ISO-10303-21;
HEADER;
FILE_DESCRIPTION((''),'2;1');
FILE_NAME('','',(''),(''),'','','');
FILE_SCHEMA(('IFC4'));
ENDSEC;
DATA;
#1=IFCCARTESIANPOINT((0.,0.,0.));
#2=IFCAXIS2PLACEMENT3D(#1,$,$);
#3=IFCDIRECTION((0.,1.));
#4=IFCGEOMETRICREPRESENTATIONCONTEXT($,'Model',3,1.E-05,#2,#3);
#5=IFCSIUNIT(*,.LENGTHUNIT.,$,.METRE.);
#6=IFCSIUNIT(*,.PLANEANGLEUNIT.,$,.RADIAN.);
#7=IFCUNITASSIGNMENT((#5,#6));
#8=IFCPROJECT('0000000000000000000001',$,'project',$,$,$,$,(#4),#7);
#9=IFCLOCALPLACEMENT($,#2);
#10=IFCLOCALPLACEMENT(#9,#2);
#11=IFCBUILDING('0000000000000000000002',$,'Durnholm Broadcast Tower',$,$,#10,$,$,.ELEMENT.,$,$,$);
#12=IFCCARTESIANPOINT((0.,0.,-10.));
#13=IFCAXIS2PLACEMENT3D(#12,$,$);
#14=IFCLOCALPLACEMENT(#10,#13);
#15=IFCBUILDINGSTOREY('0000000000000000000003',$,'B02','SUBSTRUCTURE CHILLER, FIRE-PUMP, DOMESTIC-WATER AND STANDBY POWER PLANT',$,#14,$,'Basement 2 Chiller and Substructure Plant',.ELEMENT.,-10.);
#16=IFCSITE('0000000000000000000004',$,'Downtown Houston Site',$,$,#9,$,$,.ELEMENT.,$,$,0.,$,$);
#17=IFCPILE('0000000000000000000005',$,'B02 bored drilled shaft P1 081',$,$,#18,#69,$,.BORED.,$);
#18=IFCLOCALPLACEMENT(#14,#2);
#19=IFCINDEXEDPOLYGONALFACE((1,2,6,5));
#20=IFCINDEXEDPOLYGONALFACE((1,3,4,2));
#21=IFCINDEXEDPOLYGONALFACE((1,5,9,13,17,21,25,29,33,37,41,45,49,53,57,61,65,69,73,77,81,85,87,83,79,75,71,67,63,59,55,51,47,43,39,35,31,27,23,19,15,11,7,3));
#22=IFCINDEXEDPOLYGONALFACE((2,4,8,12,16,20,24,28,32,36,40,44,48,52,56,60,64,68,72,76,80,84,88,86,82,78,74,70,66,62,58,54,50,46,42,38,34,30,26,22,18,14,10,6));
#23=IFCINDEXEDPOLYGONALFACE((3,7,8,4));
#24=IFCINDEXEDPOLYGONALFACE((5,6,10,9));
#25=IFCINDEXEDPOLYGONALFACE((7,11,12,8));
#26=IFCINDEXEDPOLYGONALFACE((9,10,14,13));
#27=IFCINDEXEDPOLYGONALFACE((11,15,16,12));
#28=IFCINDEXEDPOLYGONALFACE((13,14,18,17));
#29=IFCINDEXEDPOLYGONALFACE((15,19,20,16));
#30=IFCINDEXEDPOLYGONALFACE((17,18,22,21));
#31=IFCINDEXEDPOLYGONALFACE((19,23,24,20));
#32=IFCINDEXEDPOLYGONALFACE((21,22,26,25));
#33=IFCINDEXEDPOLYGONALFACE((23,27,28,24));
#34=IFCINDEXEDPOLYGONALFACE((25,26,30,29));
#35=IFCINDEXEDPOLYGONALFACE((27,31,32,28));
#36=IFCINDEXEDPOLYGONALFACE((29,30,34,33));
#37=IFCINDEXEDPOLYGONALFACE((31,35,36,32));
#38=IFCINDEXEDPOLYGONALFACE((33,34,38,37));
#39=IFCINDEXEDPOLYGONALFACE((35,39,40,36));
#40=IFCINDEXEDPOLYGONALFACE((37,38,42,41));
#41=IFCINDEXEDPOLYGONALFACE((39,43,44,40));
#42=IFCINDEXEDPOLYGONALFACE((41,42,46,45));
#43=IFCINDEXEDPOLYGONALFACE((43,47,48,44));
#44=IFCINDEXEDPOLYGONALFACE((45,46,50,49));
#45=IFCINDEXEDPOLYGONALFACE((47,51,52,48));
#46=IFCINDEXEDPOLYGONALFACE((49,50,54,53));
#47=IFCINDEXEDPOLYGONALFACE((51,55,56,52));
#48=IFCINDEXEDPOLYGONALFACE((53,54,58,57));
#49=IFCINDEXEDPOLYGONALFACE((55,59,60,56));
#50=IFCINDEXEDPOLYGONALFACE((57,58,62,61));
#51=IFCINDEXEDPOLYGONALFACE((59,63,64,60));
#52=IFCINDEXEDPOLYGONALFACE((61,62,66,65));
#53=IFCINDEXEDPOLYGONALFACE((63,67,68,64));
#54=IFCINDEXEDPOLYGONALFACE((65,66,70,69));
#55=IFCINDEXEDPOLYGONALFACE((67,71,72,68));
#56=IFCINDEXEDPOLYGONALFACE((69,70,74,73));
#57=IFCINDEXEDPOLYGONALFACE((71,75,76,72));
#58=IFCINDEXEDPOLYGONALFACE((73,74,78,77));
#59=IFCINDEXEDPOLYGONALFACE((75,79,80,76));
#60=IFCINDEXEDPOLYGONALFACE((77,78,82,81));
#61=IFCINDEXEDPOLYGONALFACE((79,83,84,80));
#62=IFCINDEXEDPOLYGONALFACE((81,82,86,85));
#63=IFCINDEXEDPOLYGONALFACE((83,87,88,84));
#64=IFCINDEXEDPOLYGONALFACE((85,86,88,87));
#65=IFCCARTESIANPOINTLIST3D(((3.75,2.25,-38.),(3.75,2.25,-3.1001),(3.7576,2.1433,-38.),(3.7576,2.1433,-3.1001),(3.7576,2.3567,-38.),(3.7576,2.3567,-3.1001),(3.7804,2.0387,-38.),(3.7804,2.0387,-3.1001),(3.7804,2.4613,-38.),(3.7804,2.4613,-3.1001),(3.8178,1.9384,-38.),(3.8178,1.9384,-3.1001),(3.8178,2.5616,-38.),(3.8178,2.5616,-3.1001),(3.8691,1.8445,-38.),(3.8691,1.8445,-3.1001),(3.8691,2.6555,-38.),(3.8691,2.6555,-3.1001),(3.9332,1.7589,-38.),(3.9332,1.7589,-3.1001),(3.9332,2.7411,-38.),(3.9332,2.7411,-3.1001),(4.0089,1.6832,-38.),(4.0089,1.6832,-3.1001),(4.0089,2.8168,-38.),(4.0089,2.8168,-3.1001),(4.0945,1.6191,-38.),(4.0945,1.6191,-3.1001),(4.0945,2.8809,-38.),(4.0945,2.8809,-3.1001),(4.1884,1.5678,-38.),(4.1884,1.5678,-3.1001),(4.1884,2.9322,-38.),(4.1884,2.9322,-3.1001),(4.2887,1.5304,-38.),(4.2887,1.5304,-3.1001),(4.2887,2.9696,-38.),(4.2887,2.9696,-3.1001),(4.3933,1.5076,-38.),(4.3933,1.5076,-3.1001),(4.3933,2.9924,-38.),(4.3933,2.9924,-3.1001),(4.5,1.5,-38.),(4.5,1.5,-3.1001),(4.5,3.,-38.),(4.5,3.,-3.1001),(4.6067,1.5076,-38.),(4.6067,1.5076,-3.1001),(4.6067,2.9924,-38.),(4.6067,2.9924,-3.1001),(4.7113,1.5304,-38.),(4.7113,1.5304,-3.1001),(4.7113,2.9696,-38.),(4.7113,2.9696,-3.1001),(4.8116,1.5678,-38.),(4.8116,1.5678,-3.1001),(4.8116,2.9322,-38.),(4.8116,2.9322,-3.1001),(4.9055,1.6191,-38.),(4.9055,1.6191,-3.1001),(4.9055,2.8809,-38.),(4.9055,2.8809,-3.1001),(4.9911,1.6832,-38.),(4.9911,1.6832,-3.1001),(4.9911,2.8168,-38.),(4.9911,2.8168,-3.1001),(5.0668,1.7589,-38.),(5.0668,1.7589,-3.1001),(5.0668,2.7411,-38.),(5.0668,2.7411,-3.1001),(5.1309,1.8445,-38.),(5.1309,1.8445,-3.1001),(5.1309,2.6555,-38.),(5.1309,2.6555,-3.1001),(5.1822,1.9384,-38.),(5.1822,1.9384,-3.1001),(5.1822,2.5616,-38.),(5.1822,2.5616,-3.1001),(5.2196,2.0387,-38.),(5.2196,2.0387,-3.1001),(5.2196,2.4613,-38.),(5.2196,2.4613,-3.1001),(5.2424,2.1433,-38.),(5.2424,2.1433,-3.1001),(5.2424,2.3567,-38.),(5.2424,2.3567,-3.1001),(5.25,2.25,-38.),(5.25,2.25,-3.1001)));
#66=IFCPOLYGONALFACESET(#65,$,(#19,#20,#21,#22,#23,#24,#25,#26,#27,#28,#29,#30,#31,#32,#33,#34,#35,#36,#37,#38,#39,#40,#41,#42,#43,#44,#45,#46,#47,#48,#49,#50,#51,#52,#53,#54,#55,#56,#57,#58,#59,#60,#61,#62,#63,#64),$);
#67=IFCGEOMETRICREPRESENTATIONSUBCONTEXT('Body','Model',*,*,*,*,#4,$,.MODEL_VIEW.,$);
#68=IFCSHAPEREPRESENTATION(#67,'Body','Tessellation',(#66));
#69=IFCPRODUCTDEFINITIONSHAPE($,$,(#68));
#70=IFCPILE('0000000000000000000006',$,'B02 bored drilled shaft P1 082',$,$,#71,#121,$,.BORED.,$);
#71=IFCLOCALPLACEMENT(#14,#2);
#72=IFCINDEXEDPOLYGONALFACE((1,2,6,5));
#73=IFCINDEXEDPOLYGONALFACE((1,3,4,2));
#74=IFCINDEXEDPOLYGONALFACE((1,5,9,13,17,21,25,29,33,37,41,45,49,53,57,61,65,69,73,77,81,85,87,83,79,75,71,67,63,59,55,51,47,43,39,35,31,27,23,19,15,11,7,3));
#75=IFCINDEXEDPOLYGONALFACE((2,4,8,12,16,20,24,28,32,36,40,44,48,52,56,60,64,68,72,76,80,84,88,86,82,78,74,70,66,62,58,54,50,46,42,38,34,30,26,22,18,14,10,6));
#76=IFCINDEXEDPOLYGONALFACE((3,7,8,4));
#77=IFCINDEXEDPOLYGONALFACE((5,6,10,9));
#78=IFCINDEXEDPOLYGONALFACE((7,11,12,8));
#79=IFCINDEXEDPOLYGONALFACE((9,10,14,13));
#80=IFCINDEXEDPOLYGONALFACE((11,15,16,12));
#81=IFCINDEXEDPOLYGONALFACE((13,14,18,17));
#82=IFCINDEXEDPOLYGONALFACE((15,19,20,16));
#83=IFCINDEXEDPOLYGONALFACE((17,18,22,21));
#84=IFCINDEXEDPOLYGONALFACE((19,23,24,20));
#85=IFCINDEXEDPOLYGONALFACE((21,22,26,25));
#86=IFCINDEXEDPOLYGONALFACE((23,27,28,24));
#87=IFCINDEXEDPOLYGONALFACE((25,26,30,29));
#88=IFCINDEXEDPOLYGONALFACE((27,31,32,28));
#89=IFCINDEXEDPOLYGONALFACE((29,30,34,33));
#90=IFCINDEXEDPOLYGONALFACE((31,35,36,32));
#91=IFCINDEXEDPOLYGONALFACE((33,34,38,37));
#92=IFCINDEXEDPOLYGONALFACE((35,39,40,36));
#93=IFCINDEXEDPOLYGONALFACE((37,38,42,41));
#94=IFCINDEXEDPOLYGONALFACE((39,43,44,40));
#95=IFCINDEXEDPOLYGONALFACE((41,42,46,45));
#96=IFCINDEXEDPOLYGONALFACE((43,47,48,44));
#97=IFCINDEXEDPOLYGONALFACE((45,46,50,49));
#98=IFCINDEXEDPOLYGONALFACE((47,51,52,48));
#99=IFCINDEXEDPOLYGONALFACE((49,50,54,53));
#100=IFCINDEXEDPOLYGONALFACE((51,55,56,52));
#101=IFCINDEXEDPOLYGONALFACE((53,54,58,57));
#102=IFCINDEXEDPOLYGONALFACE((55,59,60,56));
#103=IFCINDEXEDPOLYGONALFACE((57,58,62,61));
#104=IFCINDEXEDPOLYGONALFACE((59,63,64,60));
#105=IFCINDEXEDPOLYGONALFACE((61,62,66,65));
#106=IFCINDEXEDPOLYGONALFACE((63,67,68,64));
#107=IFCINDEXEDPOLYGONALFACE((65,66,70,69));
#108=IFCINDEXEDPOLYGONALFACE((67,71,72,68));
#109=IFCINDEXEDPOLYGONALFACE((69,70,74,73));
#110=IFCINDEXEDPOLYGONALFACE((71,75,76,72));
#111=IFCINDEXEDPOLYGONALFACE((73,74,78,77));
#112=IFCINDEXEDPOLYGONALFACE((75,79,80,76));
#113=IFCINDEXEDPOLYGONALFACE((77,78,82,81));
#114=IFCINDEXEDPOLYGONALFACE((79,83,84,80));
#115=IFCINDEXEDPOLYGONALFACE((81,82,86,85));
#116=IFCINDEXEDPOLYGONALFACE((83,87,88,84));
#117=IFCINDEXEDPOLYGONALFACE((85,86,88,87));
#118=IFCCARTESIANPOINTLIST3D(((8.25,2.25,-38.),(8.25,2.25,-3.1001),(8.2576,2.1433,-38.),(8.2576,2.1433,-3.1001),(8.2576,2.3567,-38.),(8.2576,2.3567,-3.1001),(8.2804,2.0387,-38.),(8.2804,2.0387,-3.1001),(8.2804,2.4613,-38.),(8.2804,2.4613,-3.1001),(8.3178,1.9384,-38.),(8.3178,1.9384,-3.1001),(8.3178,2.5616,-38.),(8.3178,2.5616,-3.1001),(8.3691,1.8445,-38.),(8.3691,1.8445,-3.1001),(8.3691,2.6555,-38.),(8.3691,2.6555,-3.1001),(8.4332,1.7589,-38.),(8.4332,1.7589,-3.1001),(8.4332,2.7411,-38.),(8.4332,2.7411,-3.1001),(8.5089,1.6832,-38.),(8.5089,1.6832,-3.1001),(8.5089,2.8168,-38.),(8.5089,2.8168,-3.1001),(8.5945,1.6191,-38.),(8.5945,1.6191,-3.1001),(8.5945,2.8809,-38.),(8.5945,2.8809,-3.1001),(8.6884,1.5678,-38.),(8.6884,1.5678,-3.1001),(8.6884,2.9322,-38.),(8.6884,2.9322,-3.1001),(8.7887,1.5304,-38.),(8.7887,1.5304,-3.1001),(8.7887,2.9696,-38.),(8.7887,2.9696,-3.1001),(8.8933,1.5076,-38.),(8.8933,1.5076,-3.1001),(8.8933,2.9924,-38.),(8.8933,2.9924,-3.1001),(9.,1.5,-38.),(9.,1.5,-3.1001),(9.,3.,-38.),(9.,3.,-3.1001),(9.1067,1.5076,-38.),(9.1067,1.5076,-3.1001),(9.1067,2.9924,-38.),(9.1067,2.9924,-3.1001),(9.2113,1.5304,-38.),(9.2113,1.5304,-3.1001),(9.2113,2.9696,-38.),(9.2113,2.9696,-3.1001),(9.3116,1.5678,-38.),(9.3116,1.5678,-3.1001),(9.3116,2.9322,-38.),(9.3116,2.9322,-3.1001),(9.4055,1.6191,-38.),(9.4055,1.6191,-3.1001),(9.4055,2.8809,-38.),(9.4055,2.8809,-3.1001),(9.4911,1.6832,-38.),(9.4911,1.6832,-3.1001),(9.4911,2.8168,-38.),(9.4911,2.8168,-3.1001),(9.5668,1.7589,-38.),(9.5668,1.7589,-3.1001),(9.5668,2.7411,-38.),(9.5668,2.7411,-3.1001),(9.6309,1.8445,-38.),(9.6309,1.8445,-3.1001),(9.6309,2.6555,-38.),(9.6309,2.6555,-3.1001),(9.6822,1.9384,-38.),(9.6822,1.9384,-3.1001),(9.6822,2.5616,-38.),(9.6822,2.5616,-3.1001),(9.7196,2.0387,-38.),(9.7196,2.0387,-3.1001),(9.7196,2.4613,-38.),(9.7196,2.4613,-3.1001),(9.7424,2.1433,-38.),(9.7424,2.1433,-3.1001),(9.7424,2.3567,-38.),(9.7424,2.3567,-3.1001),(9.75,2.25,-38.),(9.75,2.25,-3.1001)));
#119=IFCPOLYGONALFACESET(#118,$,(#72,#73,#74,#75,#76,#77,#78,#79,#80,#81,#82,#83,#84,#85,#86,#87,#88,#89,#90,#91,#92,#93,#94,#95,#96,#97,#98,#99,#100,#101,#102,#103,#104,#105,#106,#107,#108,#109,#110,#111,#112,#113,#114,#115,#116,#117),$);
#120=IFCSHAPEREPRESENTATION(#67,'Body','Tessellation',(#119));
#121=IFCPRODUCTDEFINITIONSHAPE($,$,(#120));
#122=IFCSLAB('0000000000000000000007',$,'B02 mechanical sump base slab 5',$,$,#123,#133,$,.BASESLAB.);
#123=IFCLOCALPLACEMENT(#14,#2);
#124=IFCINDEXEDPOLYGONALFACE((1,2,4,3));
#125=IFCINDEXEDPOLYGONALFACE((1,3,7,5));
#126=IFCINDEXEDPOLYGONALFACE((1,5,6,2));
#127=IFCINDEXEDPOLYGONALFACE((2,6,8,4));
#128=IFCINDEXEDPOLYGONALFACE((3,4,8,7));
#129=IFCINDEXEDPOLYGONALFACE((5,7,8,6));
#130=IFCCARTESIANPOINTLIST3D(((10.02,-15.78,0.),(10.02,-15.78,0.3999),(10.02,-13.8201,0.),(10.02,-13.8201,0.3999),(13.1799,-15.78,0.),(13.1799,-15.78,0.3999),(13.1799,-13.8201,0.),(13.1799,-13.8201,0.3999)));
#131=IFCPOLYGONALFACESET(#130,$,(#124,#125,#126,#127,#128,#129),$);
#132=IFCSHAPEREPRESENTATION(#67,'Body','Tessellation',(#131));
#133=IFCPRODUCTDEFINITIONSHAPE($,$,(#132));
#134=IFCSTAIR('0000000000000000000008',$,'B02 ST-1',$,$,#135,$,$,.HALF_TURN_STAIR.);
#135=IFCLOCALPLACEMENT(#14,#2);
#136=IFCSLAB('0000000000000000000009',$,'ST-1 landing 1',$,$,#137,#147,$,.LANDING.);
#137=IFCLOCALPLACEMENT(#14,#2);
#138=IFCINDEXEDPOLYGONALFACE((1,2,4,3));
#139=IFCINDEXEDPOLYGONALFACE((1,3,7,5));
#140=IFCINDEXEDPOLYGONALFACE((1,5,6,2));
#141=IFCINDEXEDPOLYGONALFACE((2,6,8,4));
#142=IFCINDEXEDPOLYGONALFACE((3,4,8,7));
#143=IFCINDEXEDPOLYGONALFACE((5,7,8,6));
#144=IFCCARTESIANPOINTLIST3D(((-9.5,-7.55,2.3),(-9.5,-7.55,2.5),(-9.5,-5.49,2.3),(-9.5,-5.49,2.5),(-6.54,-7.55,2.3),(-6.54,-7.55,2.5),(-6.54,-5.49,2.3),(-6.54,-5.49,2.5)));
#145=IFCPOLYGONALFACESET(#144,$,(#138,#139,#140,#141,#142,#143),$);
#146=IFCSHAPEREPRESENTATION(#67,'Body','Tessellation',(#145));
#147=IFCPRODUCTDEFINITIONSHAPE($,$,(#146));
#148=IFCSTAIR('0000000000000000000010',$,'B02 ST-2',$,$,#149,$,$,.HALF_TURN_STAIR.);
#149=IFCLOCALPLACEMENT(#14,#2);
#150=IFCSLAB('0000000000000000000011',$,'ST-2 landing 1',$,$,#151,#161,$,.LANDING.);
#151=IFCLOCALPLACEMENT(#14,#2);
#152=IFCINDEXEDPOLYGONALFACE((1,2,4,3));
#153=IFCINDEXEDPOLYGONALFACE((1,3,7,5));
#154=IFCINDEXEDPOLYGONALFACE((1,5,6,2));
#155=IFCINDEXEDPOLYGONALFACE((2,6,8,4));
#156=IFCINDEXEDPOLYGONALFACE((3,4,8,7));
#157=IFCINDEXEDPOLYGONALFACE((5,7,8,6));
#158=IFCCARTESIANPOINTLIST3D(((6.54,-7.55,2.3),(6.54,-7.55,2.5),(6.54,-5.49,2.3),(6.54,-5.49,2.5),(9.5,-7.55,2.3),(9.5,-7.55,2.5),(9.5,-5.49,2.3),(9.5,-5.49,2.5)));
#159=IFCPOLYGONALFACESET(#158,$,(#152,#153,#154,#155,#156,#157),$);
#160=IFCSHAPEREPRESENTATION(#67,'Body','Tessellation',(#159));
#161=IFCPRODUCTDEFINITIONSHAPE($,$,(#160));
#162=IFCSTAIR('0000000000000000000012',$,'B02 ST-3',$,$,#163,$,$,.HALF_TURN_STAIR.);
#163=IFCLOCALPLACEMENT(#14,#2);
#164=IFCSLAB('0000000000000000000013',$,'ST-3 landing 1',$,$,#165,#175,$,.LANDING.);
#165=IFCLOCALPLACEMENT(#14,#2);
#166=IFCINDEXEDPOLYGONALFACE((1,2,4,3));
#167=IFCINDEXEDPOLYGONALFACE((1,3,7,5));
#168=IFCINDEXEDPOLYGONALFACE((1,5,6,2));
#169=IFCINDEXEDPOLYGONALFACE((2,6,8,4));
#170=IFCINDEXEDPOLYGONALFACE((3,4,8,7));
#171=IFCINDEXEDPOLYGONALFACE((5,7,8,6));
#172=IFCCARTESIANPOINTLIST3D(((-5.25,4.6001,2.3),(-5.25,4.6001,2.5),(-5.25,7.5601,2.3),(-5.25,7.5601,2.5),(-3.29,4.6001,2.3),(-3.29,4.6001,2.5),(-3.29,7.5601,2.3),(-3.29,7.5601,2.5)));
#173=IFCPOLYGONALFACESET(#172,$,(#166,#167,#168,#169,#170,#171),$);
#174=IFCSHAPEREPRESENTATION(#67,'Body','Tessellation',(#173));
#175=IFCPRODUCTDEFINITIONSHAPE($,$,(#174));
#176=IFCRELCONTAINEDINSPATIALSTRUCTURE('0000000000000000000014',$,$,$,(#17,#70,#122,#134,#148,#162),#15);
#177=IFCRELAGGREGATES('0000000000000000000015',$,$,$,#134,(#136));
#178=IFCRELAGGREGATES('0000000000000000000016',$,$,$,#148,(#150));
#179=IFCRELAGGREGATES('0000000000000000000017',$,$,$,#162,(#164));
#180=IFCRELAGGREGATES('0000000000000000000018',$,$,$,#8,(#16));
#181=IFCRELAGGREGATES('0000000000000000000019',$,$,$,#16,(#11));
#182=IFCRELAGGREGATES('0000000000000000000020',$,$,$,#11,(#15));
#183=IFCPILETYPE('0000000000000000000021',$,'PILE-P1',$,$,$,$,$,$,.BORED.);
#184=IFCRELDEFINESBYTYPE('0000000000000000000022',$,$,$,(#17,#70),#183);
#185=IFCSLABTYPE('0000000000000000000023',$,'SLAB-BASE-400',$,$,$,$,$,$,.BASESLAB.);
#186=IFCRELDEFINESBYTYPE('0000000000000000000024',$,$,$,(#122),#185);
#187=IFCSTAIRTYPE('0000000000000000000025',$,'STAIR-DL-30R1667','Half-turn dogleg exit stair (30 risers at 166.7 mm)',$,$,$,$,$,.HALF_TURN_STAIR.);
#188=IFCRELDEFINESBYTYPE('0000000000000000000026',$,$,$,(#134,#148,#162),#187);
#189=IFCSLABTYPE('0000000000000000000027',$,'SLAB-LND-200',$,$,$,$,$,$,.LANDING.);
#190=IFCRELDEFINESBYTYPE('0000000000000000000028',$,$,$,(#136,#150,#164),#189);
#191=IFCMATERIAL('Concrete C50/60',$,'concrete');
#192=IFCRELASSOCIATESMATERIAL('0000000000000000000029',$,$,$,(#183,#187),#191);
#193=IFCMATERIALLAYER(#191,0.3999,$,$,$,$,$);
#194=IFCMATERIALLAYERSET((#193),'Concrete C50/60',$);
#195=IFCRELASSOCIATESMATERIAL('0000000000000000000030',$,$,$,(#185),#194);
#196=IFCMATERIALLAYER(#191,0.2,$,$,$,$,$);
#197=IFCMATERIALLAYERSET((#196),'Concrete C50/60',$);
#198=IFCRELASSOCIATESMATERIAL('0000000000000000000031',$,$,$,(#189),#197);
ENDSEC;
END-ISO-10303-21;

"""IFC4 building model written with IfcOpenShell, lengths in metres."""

from ifc_helpers import new_model, si_unit, direction, frame, origin, origin_2d, place, context, subcontext, project, spatial, polyline, circle, outline, extrude, source, transform, mapped, material, layer, layer_set, material_profile, profile_set, type_object, type_shapes, element, aggregate, save


model = new_model("IFC4")

# Units and contexts
model_context = context("Model", 3, precision=1e-05, world=origin(), true_north=direction((0.0, 1.0)))
body_context = subcontext(model_context, "Body", "Model", "MODEL_VIEW")
ifc_project = project(units=[si_unit("LENGTHUNIT", "METRE"), si_unit("PLANEANGLEUNIT", "RADIAN")], contexts=[model_context])

# Site, building, storey
site_placement = place(None, origin())
site = spatial("IfcSite", under=ifc_project, at=site_placement, Name="Downtown Houston Site", CompositionType="ELEMENT", RefElevation=0.0)
building_placement = place(site_placement, origin())
building = spatial("IfcBuilding", under=site, at=building_placement, Name="Durnholm Broadcast Tower", CompositionType="ELEMENT")
storey_placement = place(building_placement, frame((0.0, 0.0, -10.0)))
storey = spatial("IfcBuildingStorey", under=building, at=storey_placement, Name="B02", Description="SUBSTRUCTURE CHILLER, FIRE-PUMP, DOMESTIC-WATER AND STANDBY POWER PLANT", LongName="Basement 2 Chiller and Substructure Plant", CompositionType="ELEMENT", Elevation=-10.0)

# Piles
ifc_material_1 = material(Name="Concrete C50/60", Category="concrete")
ifc_material_profile = material_profile(ifc_material_1, circle(Radius=0.75, at=origin_2d()), Name="PILE1500")
ifc_profile_set = profile_set([ifc_material_profile], Name="Concrete C50/60")
pile_type = type_object("IfcPileType", Name="PILE-P1", PredefinedType="BORED", material=ifc_profile_set)
shared_shape_1 = source(origin(), body_context, "Body", "SweptSolid", [
    extrude(circle(Radius=0.75, at=origin_2d()), origin(), (0.0, 0.0, 1.0), 34.8999),
])
type_shapes(pile_type, [shared_shape_1])
for number, where, z_axis, x_axis, name in (
    (1, (4.5, 2.25, -3.1001), (0.0, 0.0, -1.0), (1.0, 0.0, 0.0), "B02 bored drilled shaft P1 081"),
    (2, (9.0, 2.25, -3.1001), (0.0, 0.0, -1.0), (1.0, 0.0, 0.0), "B02 bored drilled shaft P1 082"),
):
    element("IfcPile", number, at=place(storey_placement, frame(where, z_axis=z_axis, x_axis=x_axis)), inside=storey, type_object=pile_type, Name=name, PredefinedType="BORED", context=body_context, shape_type="MappedRepresentation", body=[
        mapped(shared_shape_1, transform((0.0, 0.0, 0.0), x_axis=(1.0, 0.0, 0.0), y_axis=(0.0, 1.0, 0.0), z_axis=(0.0, 0.0, 1.0), scale=1.0)),
    ])

# Slab
ifc_layer_1 = layer(ifc_material_1, 0.3999)
ifc_layer_set_1 = layer_set([ifc_layer_1], Name="Concrete C50/60")
slab_type_1 = type_object("IfcSlabType", Name="SLAB-BASE-400", PredefinedType="BASESLAB", material=ifc_layer_set_1)
slab_1_placement = place(storey_placement, origin())
element("IfcSlab", 3, at=slab_1_placement, inside=storey, type_object=slab_type_1, Name="B02 mechanical sump base slab 5", PredefinedType="BASESLAB", context=body_context, shape_type="SweptSolid", body=[
    extrude(outline(polyline([(10.02, -15.78), (13.1799, -15.78), (13.1799, -13.8201), (10.02, -13.8201), (10.02, -15.78)])), origin(), (0.0, 0.0, 1.0), 0.3999),
])

# Stairs, slabs
stair_type = type_object("IfcStairType", Name="STAIR-DL-30R1667", Description="Half-turn dogleg exit stair (30 risers at 166.7 mm)", PredefinedType="HALF_TURN_STAIR", material=ifc_material_1)
stair_1_placement = place(storey_placement, origin())
stair_1 = element("IfcStair", 4, at=stair_1_placement, inside=storey, type_object=stair_type, Name="B02 ST-1", PredefinedType="HALF_TURN_STAIR")
ifc_layer_2 = layer(ifc_material_1, 0.2)
ifc_layer_set_2 = layer_set([ifc_layer_2], Name="Concrete C50/60")
slab_type_2 = type_object("IfcSlabType", Name="SLAB-LND-200", PredefinedType="LANDING", material=ifc_layer_set_2)
slab_2_placement = place(storey_placement, frame((0.0, 0.0, 2.3)))
slab_2 = element("IfcSlab", 5, at=slab_2_placement, type_object=slab_type_2, Name="ST-1 landing 1", PredefinedType="LANDING", context=body_context, shape_type="SweptSolid", body=[
    extrude(outline(polyline([(-9.5, -5.49), (-9.5, -7.55), (-6.54, -7.55), (-6.54, -5.49), (-9.5, -5.49)])), origin(), (0.0, 0.0, 1.0), 0.2),
])
aggregate(stair_1, [slab_2])
stair_2_placement = place(storey_placement, origin())
stair_2 = element("IfcStair", 6, at=stair_2_placement, inside=storey, type_object=stair_type, Name="B02 ST-2", PredefinedType="HALF_TURN_STAIR")
slab_3_placement = place(storey_placement, frame((0.0, 0.0, 2.3)))
slab_3 = element("IfcSlab", 7, at=slab_3_placement, type_object=slab_type_2, Name="ST-2 landing 1", PredefinedType="LANDING", context=body_context, shape_type="SweptSolid", body=[
    extrude(outline(polyline([(6.54, -5.49), (6.54, -7.55), (9.5, -7.55), (9.5, -5.49), (6.54, -5.49)])), origin(), (0.0, 0.0, 1.0), 0.2),
])
aggregate(stair_2, [slab_3])
stair_3_placement = place(storey_placement, origin())
stair_3 = element("IfcStair", 8, at=stair_3_placement, inside=storey, type_object=stair_type, Name="B02 ST-3", PredefinedType="HALF_TURN_STAIR")
slab_4_placement = place(storey_placement, frame((0.0, 0.0, 2.3)))
slab_4 = element("IfcSlab", 9, at=slab_4_placement, type_object=slab_type_2, Name="ST-3 landing 1", PredefinedType="LANDING", context=body_context, shape_type="SweptSolid", body=[
    extrude(outline(polyline([(-3.29, 7.5601), (-5.25, 7.5601), (-5.25, 4.6001), (-3.29, 4.6001), (-3.29, 7.5601)])), origin(), (0.0, 0.0, 1.0), 0.2),
])
aggregate(stair_3, [slab_4])

save(model, "model.ifc")
